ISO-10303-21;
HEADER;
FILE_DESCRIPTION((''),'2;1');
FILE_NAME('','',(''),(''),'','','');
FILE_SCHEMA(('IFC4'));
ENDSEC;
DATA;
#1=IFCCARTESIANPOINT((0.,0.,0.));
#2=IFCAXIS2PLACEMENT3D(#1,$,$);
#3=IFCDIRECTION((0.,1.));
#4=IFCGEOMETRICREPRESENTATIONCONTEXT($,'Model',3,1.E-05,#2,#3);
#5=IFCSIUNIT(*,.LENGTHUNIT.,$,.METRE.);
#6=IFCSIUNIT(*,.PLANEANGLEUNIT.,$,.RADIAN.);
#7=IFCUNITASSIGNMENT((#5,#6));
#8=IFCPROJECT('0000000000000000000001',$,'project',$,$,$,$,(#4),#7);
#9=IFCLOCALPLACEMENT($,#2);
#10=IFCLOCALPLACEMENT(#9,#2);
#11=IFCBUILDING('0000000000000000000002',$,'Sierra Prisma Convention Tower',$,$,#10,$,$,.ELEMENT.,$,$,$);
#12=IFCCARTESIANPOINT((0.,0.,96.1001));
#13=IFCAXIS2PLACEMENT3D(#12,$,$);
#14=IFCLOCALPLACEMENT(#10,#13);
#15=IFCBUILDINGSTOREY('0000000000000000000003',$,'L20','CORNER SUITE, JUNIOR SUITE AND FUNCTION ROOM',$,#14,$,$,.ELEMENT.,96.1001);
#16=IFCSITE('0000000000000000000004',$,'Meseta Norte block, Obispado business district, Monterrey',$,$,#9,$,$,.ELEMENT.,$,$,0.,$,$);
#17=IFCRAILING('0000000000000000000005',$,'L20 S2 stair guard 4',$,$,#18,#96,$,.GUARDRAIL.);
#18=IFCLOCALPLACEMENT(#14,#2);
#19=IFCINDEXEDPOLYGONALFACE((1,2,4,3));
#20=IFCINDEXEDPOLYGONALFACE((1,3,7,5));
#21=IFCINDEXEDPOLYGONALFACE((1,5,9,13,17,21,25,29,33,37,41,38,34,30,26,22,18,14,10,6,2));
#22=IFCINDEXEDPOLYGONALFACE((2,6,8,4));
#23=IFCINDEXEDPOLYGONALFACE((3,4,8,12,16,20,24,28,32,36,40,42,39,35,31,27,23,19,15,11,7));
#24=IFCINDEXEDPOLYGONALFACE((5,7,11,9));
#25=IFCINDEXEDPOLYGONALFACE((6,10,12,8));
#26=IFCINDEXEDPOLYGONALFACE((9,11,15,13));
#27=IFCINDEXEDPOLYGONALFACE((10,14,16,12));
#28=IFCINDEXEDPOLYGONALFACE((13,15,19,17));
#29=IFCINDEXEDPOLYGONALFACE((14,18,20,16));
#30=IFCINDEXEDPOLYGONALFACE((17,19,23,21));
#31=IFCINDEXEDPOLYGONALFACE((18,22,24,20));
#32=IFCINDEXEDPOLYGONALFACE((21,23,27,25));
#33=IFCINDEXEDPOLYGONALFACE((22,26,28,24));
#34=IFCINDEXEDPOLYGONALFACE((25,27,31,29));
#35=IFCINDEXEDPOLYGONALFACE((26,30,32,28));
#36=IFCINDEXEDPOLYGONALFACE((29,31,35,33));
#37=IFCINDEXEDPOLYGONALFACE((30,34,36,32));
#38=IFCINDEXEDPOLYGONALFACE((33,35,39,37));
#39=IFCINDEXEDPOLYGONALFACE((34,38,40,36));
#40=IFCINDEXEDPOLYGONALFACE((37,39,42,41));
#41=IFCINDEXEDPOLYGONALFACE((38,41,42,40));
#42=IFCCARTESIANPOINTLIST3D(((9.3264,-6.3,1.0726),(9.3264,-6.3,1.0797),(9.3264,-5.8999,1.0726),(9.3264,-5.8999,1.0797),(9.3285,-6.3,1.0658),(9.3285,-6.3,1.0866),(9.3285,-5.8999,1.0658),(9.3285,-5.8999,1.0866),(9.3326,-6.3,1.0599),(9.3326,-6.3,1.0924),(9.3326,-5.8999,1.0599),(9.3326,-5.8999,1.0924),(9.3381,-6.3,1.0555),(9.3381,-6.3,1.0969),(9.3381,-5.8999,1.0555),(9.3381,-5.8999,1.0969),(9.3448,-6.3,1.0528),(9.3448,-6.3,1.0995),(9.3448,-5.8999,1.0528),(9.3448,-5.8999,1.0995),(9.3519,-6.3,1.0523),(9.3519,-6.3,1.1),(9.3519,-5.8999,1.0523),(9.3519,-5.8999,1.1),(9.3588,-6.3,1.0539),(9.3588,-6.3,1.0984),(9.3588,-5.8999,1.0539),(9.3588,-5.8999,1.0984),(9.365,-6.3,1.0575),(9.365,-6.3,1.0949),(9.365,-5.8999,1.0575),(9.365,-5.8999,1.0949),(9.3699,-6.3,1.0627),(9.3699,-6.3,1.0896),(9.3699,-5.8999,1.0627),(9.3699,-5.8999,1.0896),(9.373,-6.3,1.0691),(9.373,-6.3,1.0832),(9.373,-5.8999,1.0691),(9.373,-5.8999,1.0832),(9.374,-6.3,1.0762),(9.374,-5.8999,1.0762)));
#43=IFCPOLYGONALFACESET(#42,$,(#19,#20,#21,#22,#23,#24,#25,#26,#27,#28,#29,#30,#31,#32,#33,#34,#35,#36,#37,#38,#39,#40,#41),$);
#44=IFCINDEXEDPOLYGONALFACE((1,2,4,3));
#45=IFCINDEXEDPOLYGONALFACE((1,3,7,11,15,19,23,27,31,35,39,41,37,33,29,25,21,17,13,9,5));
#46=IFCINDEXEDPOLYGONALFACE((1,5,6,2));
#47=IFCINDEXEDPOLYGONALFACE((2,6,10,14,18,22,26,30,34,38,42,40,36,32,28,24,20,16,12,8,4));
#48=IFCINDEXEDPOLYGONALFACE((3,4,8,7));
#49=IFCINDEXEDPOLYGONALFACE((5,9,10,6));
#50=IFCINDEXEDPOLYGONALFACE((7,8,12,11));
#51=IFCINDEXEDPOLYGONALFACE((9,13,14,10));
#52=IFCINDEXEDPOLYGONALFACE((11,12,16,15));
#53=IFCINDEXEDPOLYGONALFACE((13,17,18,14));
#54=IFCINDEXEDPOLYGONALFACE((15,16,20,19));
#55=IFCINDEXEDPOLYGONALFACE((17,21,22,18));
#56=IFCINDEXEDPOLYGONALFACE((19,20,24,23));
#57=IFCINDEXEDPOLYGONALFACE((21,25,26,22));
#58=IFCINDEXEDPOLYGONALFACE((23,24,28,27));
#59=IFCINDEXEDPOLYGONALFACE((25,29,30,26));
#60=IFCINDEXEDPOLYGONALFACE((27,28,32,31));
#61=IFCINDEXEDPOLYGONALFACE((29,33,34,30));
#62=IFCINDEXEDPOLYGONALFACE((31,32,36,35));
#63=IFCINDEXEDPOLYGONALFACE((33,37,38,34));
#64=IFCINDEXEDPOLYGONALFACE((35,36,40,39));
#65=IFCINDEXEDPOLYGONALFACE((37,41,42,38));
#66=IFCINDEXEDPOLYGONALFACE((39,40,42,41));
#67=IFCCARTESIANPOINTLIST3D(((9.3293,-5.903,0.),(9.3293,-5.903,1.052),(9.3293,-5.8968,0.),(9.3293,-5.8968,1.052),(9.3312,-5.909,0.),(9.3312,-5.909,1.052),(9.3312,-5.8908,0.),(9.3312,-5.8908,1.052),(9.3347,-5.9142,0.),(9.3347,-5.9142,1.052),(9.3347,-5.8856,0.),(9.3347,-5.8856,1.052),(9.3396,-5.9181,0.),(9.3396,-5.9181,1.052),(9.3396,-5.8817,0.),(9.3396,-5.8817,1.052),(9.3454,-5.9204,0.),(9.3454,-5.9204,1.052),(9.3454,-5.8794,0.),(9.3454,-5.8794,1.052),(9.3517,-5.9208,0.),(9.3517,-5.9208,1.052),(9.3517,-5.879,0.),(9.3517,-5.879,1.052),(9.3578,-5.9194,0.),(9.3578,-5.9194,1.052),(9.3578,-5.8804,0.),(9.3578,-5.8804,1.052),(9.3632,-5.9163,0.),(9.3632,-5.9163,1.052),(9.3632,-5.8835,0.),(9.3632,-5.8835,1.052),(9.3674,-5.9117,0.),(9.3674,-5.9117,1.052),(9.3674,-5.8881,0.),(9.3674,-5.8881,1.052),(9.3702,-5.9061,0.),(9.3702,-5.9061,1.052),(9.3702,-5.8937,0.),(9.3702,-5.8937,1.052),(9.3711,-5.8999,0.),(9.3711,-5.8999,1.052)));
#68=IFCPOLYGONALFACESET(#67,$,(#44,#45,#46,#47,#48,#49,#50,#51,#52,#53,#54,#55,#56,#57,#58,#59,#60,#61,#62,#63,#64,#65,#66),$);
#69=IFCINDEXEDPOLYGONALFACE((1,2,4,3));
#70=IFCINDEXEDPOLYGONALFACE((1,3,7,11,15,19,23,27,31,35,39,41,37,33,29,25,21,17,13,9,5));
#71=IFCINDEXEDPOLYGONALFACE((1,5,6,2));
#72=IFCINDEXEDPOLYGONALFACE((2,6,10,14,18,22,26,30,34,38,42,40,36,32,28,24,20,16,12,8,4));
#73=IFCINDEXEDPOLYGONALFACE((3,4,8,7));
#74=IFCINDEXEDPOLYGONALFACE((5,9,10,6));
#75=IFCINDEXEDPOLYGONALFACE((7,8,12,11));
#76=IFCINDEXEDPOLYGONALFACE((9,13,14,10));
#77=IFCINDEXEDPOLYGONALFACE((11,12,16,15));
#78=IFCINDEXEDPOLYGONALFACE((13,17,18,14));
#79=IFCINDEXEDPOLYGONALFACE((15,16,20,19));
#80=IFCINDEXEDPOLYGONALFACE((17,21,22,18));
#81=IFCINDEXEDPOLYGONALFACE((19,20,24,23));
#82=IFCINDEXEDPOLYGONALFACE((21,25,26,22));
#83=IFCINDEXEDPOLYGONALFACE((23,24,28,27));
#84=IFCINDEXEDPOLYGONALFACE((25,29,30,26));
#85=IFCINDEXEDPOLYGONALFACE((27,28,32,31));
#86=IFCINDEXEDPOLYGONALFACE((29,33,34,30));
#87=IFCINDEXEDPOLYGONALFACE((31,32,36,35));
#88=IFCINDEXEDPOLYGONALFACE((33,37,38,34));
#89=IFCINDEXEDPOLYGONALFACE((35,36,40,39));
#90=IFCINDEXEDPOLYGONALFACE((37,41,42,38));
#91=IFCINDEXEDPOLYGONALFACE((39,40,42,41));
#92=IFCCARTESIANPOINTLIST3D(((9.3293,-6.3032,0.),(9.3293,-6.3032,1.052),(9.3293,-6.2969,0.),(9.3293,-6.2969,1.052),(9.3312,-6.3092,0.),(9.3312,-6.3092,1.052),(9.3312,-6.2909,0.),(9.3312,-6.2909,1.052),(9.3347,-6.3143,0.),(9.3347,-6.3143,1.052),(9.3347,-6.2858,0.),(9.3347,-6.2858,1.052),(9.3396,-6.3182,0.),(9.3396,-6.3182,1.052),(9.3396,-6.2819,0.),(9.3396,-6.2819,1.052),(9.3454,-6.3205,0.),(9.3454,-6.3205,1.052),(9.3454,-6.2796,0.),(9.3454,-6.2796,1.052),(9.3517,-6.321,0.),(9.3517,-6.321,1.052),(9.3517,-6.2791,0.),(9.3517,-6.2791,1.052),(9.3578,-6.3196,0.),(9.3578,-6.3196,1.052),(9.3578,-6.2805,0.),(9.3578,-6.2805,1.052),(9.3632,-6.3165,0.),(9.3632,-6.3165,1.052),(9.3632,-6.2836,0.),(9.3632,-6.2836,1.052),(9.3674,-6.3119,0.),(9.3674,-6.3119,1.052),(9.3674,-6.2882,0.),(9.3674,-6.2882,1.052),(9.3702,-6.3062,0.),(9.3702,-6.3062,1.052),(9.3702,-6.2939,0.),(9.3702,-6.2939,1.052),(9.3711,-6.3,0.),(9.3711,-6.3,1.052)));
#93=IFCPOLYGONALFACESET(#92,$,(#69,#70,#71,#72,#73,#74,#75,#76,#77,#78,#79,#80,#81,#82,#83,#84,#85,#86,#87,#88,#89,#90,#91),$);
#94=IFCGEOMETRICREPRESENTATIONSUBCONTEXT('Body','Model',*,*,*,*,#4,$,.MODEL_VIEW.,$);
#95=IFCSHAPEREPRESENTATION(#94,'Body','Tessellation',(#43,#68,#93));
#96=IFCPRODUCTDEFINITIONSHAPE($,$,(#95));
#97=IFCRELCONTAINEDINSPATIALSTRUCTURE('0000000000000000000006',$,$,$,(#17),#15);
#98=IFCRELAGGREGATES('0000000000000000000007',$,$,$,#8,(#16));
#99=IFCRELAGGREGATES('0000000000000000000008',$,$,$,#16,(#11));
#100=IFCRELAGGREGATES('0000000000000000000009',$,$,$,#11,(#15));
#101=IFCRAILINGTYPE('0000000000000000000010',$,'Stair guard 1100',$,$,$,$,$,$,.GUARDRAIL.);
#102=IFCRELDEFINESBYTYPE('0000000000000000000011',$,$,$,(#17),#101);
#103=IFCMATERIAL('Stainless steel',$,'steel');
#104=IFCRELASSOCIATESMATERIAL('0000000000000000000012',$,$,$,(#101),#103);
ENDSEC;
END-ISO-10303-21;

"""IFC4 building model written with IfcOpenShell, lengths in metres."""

from ifc_helpers import new_model, si_unit, direction, frame, origin, origin_2d, place, context, subcontext, project, spatial, circle, extrude, material, type_object, element, save


model = new_model("IFC4")

# Units and contexts
model_context = context("Model", 3, precision=1e-05, world=origin(), true_north=direction((0.0, 1.0)))
body_context = subcontext(model_context, "Body", "Model", "MODEL_VIEW")
ifc_project = project(units=[si_unit("LENGTHUNIT", "METRE"), si_unit("PLANEANGLEUNIT", "RADIAN")], contexts=[model_context])

# Site, building, storey
site_placement = place(None, origin())
site = spatial("IfcSite", under=ifc_project, at=site_placement, Name="Meseta Norte block, Obispado business district, Monterrey", CompositionType="ELEMENT", RefElevation=0.0)
building_placement = place(site_placement, origin())
building = spatial("IfcBuilding", under=site, at=building_placement, Name="Sierra Prisma Convention Tower", CompositionType="ELEMENT")
storey_placement = place(building_placement, frame((0.0, 0.0, 96.1001)))
storey = spatial("IfcBuildingStorey", under=building, at=storey_placement, Name="L20", Description="CORNER SUITE, JUNIOR SUITE AND FUNCTION ROOM", CompositionType="ELEMENT", Elevation=96.1001)

# Railing
ifc_material_1 = material(Name="Stainless steel", Category="steel")
railing_type_1 = type_object("IfcRailingType", Name="Stair guard 1100", PredefinedType="GUARDRAIL", material=ifc_material_1)
railing_1_placement = place(storey_placement, frame((9.3501, -5.8999, 0.0)))
element("IfcRailing", 1, at=railing_1_placement, inside=storey, type_object=railing_type_1, Name="L20 S2 stair guard 4", PredefinedType="GUARDRAIL", context=body_context, shape_type="SweptSolid", body=[
    extrude(circle(Radius=0.0239, at=origin_2d()), frame((0.0, 0.0, 1.0762), z_axis=(0.0, -1.0, 0.0), x_axis=(1.0, 0.0, 0.0)), (0.0, 0.0, 1.0), 0.4001),
    extrude(circle(Radius=0.021, at=origin_2d()), origin(), (0.0, 0.0, 1.0), 1.052),
    extrude(circle(Radius=0.021, at=origin_2d()), frame((0.0, -0.4001, 0.0)), (0.0, 0.0, 1.0), 1.052),
])

save(model, "model.ifc")
